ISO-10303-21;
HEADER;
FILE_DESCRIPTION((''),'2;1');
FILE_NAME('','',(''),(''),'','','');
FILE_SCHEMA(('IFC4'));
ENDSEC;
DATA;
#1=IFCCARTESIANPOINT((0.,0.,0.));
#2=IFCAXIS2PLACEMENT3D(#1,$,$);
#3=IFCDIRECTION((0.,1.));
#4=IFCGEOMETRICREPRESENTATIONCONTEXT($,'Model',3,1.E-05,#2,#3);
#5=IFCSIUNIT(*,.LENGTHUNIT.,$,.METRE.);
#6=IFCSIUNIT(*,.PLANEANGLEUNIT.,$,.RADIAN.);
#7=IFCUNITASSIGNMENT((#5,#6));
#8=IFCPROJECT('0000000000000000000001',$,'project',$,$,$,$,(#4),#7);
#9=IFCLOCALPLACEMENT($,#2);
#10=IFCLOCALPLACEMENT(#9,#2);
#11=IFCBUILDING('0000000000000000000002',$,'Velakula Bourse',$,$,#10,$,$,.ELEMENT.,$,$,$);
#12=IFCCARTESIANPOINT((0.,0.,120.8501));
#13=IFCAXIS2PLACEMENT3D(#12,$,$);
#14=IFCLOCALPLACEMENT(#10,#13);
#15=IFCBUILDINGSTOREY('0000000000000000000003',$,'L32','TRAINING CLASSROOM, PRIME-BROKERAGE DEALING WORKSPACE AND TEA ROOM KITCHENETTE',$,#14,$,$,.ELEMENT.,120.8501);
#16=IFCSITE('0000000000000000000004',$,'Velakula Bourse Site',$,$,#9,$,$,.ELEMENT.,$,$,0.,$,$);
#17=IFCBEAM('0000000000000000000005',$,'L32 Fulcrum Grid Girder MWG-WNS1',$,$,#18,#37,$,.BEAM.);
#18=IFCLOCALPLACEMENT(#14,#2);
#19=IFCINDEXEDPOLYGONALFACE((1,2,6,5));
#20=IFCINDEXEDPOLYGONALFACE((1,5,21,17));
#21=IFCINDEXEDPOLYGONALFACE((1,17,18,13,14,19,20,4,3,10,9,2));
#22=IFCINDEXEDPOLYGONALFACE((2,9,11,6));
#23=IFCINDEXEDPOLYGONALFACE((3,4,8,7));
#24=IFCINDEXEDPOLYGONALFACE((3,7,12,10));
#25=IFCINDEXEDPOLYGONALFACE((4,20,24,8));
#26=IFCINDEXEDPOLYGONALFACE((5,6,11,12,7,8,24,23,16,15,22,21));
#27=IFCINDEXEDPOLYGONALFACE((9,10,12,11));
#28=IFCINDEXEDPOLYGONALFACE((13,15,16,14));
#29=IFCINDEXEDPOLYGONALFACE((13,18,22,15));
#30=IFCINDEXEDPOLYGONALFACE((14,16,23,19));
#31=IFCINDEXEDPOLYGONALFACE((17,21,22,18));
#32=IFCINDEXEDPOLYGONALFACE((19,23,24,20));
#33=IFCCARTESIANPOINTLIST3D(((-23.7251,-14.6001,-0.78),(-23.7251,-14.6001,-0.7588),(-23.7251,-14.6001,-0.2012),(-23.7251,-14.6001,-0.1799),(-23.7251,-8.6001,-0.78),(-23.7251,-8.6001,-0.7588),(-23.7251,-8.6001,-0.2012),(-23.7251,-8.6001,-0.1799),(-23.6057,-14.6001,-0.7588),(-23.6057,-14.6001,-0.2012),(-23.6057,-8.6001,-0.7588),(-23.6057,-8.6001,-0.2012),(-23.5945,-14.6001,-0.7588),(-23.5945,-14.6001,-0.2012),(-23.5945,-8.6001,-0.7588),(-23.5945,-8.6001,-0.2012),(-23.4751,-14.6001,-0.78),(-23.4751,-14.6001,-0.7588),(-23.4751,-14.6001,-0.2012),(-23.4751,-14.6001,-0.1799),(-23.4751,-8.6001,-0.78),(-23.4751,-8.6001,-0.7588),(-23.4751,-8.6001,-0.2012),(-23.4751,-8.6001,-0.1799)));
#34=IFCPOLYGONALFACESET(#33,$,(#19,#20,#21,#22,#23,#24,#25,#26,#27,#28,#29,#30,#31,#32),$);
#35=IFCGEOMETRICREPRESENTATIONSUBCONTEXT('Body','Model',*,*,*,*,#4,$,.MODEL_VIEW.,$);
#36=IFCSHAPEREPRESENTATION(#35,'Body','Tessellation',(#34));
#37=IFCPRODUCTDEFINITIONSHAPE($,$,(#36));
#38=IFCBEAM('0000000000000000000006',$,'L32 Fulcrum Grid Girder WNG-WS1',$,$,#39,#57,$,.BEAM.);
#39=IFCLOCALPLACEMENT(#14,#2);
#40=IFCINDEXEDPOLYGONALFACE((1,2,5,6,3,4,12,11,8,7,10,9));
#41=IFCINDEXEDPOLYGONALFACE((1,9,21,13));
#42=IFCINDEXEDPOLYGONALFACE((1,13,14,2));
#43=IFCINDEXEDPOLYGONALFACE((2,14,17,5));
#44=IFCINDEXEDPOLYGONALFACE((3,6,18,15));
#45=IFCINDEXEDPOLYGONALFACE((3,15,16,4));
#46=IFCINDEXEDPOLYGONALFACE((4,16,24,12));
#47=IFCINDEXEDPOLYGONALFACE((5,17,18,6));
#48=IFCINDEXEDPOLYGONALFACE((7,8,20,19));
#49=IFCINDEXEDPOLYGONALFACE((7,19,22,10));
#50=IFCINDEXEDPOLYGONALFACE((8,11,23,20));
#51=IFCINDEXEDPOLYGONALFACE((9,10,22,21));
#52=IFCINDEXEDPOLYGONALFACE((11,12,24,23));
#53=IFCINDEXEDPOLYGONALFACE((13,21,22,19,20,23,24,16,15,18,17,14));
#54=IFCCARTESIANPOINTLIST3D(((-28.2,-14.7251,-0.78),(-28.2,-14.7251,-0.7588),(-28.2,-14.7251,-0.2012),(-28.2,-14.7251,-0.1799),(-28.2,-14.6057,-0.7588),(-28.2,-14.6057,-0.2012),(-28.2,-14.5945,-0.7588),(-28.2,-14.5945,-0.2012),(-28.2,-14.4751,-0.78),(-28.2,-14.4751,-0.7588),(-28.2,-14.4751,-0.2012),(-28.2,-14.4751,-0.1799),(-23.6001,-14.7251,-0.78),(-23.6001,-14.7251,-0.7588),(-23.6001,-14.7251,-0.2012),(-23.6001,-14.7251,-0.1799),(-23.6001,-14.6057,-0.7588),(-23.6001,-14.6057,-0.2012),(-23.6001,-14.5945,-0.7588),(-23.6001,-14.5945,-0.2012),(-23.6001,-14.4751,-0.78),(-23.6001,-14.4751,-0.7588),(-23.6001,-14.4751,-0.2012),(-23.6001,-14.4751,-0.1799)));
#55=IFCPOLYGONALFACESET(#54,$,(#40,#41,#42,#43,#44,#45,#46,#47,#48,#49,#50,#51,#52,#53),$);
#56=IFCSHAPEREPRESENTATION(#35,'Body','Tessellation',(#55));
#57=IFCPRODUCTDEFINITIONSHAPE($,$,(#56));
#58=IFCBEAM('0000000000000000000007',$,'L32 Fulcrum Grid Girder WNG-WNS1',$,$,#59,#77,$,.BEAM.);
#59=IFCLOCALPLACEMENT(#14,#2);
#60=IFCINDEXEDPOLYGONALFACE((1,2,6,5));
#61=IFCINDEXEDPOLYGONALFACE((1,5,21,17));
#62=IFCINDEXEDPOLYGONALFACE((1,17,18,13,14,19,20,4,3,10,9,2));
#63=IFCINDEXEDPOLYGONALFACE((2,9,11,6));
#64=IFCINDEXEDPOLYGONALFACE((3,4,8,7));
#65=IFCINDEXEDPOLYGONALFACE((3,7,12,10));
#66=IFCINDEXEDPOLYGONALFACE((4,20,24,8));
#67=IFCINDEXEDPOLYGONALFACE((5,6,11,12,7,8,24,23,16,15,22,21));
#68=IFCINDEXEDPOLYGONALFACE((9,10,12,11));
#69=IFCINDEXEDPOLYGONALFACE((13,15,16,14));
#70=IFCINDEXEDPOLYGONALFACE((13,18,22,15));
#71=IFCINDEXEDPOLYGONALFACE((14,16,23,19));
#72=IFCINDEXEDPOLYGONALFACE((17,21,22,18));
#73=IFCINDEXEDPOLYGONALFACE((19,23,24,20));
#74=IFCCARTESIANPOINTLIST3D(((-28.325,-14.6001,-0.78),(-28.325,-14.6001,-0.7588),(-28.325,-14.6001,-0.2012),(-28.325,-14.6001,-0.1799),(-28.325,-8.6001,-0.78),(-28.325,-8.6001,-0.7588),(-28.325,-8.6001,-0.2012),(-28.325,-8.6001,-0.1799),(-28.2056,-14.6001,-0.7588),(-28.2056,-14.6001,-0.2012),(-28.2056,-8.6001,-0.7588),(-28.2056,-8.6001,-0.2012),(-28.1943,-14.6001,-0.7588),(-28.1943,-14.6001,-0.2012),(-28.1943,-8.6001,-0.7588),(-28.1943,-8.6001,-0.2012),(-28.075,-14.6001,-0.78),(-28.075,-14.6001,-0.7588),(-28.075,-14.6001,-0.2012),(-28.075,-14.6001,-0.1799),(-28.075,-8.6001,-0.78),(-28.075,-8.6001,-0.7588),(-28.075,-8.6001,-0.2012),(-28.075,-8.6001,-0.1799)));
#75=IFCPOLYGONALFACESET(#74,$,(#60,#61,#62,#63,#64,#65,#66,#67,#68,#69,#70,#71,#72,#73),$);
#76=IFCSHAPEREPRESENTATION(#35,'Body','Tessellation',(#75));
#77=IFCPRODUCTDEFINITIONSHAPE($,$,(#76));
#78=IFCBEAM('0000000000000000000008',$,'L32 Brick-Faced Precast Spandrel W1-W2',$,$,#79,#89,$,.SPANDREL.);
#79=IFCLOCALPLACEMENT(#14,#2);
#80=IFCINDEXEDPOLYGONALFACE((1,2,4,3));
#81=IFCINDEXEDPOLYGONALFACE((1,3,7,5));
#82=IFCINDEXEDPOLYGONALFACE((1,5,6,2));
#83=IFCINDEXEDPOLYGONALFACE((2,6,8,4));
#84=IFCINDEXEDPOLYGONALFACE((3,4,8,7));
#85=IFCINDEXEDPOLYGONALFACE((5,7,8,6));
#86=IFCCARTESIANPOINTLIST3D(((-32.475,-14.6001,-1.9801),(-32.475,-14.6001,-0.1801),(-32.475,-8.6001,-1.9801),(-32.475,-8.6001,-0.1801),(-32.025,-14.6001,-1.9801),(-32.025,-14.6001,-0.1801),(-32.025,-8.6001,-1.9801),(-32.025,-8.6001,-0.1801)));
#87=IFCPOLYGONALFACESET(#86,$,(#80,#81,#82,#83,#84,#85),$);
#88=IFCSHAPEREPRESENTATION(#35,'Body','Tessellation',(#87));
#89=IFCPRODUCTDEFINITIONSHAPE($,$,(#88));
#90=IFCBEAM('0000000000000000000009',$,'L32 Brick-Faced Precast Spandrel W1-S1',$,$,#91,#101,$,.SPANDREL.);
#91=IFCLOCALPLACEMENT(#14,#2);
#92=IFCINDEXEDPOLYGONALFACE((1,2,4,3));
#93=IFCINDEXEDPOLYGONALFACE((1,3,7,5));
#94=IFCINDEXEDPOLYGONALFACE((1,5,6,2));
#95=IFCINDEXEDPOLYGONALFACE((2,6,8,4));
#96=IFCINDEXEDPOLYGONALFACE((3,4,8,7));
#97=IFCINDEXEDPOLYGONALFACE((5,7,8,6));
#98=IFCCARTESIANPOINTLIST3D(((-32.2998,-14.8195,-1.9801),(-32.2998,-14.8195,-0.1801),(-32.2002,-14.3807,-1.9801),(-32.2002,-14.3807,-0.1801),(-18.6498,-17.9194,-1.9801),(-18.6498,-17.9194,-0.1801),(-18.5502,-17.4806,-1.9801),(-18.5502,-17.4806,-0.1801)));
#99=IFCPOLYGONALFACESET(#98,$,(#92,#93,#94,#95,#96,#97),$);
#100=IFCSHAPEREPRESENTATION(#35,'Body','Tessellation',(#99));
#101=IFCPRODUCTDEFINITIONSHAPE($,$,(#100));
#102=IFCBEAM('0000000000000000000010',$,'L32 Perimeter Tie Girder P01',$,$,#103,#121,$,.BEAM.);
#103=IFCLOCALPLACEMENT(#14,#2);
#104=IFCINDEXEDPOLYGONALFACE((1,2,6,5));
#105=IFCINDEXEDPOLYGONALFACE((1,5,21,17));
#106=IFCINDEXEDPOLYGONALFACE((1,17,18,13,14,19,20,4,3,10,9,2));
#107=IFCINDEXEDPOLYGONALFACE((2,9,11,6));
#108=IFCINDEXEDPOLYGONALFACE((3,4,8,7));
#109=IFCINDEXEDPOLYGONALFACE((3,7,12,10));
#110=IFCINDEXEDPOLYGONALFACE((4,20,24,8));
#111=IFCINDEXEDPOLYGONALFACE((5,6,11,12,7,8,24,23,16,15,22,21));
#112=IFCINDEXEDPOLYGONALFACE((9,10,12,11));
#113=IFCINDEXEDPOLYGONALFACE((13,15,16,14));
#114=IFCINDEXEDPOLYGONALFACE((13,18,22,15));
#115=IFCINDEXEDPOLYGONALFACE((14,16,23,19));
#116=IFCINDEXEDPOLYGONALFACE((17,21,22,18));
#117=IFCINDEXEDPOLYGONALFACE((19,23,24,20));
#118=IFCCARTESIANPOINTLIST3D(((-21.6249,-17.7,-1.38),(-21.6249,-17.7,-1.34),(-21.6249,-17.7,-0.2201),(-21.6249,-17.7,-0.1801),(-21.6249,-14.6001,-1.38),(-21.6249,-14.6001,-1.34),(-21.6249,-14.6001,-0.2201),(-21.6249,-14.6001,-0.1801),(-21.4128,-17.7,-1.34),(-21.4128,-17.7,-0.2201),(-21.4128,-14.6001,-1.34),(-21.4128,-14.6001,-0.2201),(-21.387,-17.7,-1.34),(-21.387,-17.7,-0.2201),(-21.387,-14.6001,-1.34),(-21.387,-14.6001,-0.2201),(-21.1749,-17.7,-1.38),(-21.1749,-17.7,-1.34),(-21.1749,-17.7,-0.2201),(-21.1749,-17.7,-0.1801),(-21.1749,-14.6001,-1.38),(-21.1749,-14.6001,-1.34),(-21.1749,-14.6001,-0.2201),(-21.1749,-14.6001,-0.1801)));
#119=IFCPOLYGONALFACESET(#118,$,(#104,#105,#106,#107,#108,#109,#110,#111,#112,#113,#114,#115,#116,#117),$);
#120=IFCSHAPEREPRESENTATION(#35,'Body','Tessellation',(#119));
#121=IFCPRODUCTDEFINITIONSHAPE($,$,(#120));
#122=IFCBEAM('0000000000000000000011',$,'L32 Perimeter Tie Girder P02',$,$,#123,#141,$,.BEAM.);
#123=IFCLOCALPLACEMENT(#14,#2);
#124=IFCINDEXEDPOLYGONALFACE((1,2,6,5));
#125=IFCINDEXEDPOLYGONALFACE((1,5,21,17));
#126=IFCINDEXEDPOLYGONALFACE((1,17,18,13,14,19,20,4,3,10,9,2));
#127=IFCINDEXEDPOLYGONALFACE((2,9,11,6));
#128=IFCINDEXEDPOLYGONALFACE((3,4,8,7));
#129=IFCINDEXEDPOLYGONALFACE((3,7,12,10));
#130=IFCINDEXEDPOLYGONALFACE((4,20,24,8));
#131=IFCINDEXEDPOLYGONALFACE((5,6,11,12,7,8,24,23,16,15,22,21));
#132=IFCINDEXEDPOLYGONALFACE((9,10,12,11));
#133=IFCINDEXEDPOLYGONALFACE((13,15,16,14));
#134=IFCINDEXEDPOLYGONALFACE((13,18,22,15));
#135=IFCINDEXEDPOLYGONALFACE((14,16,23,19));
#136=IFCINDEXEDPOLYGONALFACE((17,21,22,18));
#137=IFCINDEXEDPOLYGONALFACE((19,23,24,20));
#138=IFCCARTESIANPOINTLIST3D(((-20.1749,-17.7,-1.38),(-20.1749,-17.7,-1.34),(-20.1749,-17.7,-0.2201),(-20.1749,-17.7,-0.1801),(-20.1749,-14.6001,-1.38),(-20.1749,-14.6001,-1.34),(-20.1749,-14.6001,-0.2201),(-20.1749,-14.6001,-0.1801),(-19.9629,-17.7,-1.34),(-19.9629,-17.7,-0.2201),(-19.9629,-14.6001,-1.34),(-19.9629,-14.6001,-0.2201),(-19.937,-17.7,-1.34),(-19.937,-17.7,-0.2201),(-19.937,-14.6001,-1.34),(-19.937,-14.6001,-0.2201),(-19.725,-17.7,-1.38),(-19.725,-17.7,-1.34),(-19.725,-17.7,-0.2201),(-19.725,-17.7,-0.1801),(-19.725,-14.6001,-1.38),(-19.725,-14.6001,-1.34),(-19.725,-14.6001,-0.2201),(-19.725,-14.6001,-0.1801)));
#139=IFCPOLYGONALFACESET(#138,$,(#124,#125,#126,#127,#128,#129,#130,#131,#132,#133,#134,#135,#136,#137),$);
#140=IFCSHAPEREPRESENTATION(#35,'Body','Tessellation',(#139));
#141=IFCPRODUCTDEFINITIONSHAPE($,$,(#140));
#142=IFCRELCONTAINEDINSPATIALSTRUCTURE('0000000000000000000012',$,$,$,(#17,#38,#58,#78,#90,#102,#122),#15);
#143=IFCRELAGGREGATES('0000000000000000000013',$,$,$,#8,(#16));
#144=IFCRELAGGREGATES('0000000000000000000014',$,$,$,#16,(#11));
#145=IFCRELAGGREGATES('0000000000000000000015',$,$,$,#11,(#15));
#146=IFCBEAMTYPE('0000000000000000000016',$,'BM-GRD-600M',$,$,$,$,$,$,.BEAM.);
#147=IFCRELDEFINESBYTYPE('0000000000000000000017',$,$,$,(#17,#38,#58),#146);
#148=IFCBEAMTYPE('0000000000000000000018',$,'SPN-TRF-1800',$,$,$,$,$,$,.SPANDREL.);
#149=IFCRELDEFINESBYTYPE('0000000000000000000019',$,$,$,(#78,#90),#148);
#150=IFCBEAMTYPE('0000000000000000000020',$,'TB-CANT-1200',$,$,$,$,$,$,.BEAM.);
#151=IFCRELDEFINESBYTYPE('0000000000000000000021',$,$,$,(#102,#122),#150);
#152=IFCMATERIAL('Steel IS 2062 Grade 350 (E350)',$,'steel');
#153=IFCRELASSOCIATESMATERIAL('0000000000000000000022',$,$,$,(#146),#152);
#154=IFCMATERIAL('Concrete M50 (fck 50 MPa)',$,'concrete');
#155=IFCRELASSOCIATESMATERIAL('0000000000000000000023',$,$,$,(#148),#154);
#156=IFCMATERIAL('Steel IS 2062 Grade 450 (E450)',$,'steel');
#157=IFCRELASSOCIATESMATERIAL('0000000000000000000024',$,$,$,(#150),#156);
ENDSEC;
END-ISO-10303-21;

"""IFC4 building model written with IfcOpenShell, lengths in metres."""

from ifc_helpers import new_model, si_unit, direction, frame, origin, origin_2d, place, context, subcontext, project, spatial, rectangle, i_section, extrude, material, material_profile, profile_set, type_object, element, save


model = new_model("IFC4")

# Units and contexts
model_context = context("Model", 3, precision=1e-05, world=origin(), true_north=direction((0.0, 1.0)))
body_context = subcontext(model_context, "Body", "Model", "MODEL_VIEW")
ifc_project = project(units=[si_unit("LENGTHUNIT", "METRE"), si_unit("PLANEANGLEUNIT", "RADIAN")], contexts=[model_context])

# Site, building, storey
site_placement = place(None, origin())
site = spatial("IfcSite", under=ifc_project, at=site_placement, Name="Velakula Bourse Site", CompositionType="ELEMENT", RefElevation=0.0)
building_placement = place(site_placement, origin())
building = spatial("IfcBuilding", under=site, at=building_placement, Name="Velakula Bourse", CompositionType="ELEMENT")
storey_placement = place(building_placement, frame((0.0, 0.0, 120.8501)))
storey = spatial("IfcBuildingStorey", under=building, at=storey_placement, Name="L32", Description="TRAINING CLASSROOM, PRIME-BROKERAGE DEALING WORKSPACE AND TEA ROOM KITCHENETTE", CompositionType="ELEMENT", Elevation=120.8501)

# Shared definitions
ifc_material_1 = material(Name="Steel IS 2062 Grade 350 (E350)", Category="steel")

# Beams
ifc_material_profile_1 = material_profile(ifc_material_1, i_section(OverallWidth=0.25, OverallDepth=0.6001, WebThickness=0.0112, FlangeThickness=0.0212, at=origin_2d()), Name="Steel IS 2062 Grade 350 (E350)")
ifc_profile_set_1 = profile_set([ifc_material_profile_1], Name="Steel IS 2062 Grade 350 (E350)")
beam_type_1 = type_object("IfcBeamType", Name="BM-GRD-600M", PredefinedType="BEAM", material=ifc_profile_set_1)
beam_1_placement = place(storey_placement, frame((-23.6001, -14.6001, -0.48), z_axis=(0.0, 1.0, 0.0), x_axis=(-1.0, 0.0, 0.0)))
element("IfcBeam", 1, at=beam_1_placement, inside=storey, type_object=beam_type_1, Name="L32 Fulcrum Grid Girder MWG-WNS1", PredefinedType="BEAM", context=body_context, shape_type="SweptSolid", body=[
    extrude(i_section(OverallWidth=0.25, OverallDepth=0.6001, WebThickness=0.0112, FlangeThickness=0.0212, at=origin_2d()), origin(), (0.0, 0.0, 1.0), 6.0),
])
beam_2_placement = place(storey_placement, frame((-28.2, -14.6001, -0.48), z_axis=(1.0, 0.0, 0.0), x_axis=(0.0, 1.0, 0.0)))
element("IfcBeam", 2, at=beam_2_placement, inside=storey, type_object=beam_type_1, Name="L32 Fulcrum Grid Girder WNG-WS1", PredefinedType="BEAM", context=body_context, shape_type="SweptSolid", body=[
    extrude(i_section(OverallWidth=0.25, OverallDepth=0.6001, WebThickness=0.0112, FlangeThickness=0.0212, at=origin_2d()), origin(), (0.0, 0.0, 1.0), 4.5999),
])
beam_3_placement = place(storey_placement, frame((-28.2, -14.6001, -0.48), z_axis=(0.0, 1.0, 0.0), x_axis=(-1.0, 0.0, 0.0)))
element("IfcBeam", 3, at=beam_3_placement, inside=storey, type_object=beam_type_1, Name="L32 Fulcrum Grid Girder WNG-WNS1", PredefinedType="BEAM", context=body_context, shape_type="SweptSolid", body=[
    extrude(i_section(OverallWidth=0.25, OverallDepth=0.6001, WebThickness=0.0112, FlangeThickness=0.0212, at=origin_2d()), origin(), (0.0, 0.0, 1.0), 6.0),
])
ifc_material_2 = material(Name="Concrete M50 (fck 50 MPa)", Category="concrete")
ifc_material_profile_2 = material_profile(ifc_material_2, rectangle(XDim=0.45, YDim=1.8, at=origin_2d()), Name="Concrete M50 (fck 50 MPa)")
ifc_profile_set_2 = profile_set([ifc_material_profile_2], Name="Concrete M50 (fck 50 MPa)")
beam_type_2 = type_object("IfcBeamType", Name="SPN-TRF-1800", PredefinedType="SPANDREL", material=ifc_profile_set_2)
beam_4_placement = place(storey_placement, frame((-32.25, -14.6001, -1.0801), z_axis=(0.0, 1.0, 0.0), x_axis=(-1.0, 0.0, 0.0)))
element("IfcBeam", 4, at=beam_4_placement, inside=storey, type_object=beam_type_2, Name="L32 Brick-Faced Precast Spandrel W1-W2", PredefinedType="SPANDREL", context=body_context, shape_type="SweptSolid", body=[
    extrude(rectangle(XDim=0.45, YDim=1.8, at=origin_2d()), origin(), (0.0, 0.0, 1.0), 6.0),
])
beam_5_placement = place(storey_placement, frame((-32.25, -14.6001, -1.0801), z_axis=(0.97517, -0.221458, 0.0), x_axis=(0.221458, 0.97517, 0.0)))
element("IfcBeam", 5, at=beam_5_placement, inside=storey, type_object=beam_type_2, Name="L32 Brick-Faced Precast Spandrel W1-S1", PredefinedType="SPANDREL", context=body_context, shape_type="SweptSolid", body=[
    extrude(rectangle(XDim=0.45, YDim=1.8, at=origin_2d()), origin(), (0.0, 0.0, 1.0), 13.9976),
])
ifc_material_3 = material(Name="Steel IS 2062 Grade 450 (E450)", Category="steel")
ifc_material_profile_3 = material_profile(ifc_material_3, i_section(OverallWidth=0.45, OverallDepth=1.2, WebThickness=0.0259, FlangeThickness=0.04, at=origin_2d()), Name="Steel IS 2062 Grade 450 (E450)")
ifc_profile_set_3 = profile_set([ifc_material_profile_3], Name="Steel IS 2062 Grade 450 (E450)")
beam_type_3 = type_object("IfcBeamType", Name="TB-CANT-1200", PredefinedType="BEAM", material=ifc_profile_set_3)
for number, where, z_axis, x_axis, name in (
    (6, (-21.3999, -14.6001, -0.78), (0.0, -1.0, 0.0), (1.0, 0.0, 0.0), "L32 Perimeter Tie Girder P01"),
    (7, (-19.95, -14.6001, -0.78), (0.0, -1.0, 0.0), (1.0, 0.0, 0.0), "L32 Perimeter Tie Girder P02"),
):
    element("IfcBeam", number, at=place(storey_placement, frame(where, z_axis=z_axis, x_axis=x_axis)), inside=storey, type_object=beam_type_3, Name=name, PredefinedType="BEAM", context=body_context, shape_type="SweptSolid", body=[
        extrude(i_section(OverallWidth=0.45, OverallDepth=1.2, WebThickness=0.0259, FlangeThickness=0.04, at=origin_2d()), origin(), (0.0, 0.0, 1.0), 3.0999),
    ])

save(model, "model.ifc")
